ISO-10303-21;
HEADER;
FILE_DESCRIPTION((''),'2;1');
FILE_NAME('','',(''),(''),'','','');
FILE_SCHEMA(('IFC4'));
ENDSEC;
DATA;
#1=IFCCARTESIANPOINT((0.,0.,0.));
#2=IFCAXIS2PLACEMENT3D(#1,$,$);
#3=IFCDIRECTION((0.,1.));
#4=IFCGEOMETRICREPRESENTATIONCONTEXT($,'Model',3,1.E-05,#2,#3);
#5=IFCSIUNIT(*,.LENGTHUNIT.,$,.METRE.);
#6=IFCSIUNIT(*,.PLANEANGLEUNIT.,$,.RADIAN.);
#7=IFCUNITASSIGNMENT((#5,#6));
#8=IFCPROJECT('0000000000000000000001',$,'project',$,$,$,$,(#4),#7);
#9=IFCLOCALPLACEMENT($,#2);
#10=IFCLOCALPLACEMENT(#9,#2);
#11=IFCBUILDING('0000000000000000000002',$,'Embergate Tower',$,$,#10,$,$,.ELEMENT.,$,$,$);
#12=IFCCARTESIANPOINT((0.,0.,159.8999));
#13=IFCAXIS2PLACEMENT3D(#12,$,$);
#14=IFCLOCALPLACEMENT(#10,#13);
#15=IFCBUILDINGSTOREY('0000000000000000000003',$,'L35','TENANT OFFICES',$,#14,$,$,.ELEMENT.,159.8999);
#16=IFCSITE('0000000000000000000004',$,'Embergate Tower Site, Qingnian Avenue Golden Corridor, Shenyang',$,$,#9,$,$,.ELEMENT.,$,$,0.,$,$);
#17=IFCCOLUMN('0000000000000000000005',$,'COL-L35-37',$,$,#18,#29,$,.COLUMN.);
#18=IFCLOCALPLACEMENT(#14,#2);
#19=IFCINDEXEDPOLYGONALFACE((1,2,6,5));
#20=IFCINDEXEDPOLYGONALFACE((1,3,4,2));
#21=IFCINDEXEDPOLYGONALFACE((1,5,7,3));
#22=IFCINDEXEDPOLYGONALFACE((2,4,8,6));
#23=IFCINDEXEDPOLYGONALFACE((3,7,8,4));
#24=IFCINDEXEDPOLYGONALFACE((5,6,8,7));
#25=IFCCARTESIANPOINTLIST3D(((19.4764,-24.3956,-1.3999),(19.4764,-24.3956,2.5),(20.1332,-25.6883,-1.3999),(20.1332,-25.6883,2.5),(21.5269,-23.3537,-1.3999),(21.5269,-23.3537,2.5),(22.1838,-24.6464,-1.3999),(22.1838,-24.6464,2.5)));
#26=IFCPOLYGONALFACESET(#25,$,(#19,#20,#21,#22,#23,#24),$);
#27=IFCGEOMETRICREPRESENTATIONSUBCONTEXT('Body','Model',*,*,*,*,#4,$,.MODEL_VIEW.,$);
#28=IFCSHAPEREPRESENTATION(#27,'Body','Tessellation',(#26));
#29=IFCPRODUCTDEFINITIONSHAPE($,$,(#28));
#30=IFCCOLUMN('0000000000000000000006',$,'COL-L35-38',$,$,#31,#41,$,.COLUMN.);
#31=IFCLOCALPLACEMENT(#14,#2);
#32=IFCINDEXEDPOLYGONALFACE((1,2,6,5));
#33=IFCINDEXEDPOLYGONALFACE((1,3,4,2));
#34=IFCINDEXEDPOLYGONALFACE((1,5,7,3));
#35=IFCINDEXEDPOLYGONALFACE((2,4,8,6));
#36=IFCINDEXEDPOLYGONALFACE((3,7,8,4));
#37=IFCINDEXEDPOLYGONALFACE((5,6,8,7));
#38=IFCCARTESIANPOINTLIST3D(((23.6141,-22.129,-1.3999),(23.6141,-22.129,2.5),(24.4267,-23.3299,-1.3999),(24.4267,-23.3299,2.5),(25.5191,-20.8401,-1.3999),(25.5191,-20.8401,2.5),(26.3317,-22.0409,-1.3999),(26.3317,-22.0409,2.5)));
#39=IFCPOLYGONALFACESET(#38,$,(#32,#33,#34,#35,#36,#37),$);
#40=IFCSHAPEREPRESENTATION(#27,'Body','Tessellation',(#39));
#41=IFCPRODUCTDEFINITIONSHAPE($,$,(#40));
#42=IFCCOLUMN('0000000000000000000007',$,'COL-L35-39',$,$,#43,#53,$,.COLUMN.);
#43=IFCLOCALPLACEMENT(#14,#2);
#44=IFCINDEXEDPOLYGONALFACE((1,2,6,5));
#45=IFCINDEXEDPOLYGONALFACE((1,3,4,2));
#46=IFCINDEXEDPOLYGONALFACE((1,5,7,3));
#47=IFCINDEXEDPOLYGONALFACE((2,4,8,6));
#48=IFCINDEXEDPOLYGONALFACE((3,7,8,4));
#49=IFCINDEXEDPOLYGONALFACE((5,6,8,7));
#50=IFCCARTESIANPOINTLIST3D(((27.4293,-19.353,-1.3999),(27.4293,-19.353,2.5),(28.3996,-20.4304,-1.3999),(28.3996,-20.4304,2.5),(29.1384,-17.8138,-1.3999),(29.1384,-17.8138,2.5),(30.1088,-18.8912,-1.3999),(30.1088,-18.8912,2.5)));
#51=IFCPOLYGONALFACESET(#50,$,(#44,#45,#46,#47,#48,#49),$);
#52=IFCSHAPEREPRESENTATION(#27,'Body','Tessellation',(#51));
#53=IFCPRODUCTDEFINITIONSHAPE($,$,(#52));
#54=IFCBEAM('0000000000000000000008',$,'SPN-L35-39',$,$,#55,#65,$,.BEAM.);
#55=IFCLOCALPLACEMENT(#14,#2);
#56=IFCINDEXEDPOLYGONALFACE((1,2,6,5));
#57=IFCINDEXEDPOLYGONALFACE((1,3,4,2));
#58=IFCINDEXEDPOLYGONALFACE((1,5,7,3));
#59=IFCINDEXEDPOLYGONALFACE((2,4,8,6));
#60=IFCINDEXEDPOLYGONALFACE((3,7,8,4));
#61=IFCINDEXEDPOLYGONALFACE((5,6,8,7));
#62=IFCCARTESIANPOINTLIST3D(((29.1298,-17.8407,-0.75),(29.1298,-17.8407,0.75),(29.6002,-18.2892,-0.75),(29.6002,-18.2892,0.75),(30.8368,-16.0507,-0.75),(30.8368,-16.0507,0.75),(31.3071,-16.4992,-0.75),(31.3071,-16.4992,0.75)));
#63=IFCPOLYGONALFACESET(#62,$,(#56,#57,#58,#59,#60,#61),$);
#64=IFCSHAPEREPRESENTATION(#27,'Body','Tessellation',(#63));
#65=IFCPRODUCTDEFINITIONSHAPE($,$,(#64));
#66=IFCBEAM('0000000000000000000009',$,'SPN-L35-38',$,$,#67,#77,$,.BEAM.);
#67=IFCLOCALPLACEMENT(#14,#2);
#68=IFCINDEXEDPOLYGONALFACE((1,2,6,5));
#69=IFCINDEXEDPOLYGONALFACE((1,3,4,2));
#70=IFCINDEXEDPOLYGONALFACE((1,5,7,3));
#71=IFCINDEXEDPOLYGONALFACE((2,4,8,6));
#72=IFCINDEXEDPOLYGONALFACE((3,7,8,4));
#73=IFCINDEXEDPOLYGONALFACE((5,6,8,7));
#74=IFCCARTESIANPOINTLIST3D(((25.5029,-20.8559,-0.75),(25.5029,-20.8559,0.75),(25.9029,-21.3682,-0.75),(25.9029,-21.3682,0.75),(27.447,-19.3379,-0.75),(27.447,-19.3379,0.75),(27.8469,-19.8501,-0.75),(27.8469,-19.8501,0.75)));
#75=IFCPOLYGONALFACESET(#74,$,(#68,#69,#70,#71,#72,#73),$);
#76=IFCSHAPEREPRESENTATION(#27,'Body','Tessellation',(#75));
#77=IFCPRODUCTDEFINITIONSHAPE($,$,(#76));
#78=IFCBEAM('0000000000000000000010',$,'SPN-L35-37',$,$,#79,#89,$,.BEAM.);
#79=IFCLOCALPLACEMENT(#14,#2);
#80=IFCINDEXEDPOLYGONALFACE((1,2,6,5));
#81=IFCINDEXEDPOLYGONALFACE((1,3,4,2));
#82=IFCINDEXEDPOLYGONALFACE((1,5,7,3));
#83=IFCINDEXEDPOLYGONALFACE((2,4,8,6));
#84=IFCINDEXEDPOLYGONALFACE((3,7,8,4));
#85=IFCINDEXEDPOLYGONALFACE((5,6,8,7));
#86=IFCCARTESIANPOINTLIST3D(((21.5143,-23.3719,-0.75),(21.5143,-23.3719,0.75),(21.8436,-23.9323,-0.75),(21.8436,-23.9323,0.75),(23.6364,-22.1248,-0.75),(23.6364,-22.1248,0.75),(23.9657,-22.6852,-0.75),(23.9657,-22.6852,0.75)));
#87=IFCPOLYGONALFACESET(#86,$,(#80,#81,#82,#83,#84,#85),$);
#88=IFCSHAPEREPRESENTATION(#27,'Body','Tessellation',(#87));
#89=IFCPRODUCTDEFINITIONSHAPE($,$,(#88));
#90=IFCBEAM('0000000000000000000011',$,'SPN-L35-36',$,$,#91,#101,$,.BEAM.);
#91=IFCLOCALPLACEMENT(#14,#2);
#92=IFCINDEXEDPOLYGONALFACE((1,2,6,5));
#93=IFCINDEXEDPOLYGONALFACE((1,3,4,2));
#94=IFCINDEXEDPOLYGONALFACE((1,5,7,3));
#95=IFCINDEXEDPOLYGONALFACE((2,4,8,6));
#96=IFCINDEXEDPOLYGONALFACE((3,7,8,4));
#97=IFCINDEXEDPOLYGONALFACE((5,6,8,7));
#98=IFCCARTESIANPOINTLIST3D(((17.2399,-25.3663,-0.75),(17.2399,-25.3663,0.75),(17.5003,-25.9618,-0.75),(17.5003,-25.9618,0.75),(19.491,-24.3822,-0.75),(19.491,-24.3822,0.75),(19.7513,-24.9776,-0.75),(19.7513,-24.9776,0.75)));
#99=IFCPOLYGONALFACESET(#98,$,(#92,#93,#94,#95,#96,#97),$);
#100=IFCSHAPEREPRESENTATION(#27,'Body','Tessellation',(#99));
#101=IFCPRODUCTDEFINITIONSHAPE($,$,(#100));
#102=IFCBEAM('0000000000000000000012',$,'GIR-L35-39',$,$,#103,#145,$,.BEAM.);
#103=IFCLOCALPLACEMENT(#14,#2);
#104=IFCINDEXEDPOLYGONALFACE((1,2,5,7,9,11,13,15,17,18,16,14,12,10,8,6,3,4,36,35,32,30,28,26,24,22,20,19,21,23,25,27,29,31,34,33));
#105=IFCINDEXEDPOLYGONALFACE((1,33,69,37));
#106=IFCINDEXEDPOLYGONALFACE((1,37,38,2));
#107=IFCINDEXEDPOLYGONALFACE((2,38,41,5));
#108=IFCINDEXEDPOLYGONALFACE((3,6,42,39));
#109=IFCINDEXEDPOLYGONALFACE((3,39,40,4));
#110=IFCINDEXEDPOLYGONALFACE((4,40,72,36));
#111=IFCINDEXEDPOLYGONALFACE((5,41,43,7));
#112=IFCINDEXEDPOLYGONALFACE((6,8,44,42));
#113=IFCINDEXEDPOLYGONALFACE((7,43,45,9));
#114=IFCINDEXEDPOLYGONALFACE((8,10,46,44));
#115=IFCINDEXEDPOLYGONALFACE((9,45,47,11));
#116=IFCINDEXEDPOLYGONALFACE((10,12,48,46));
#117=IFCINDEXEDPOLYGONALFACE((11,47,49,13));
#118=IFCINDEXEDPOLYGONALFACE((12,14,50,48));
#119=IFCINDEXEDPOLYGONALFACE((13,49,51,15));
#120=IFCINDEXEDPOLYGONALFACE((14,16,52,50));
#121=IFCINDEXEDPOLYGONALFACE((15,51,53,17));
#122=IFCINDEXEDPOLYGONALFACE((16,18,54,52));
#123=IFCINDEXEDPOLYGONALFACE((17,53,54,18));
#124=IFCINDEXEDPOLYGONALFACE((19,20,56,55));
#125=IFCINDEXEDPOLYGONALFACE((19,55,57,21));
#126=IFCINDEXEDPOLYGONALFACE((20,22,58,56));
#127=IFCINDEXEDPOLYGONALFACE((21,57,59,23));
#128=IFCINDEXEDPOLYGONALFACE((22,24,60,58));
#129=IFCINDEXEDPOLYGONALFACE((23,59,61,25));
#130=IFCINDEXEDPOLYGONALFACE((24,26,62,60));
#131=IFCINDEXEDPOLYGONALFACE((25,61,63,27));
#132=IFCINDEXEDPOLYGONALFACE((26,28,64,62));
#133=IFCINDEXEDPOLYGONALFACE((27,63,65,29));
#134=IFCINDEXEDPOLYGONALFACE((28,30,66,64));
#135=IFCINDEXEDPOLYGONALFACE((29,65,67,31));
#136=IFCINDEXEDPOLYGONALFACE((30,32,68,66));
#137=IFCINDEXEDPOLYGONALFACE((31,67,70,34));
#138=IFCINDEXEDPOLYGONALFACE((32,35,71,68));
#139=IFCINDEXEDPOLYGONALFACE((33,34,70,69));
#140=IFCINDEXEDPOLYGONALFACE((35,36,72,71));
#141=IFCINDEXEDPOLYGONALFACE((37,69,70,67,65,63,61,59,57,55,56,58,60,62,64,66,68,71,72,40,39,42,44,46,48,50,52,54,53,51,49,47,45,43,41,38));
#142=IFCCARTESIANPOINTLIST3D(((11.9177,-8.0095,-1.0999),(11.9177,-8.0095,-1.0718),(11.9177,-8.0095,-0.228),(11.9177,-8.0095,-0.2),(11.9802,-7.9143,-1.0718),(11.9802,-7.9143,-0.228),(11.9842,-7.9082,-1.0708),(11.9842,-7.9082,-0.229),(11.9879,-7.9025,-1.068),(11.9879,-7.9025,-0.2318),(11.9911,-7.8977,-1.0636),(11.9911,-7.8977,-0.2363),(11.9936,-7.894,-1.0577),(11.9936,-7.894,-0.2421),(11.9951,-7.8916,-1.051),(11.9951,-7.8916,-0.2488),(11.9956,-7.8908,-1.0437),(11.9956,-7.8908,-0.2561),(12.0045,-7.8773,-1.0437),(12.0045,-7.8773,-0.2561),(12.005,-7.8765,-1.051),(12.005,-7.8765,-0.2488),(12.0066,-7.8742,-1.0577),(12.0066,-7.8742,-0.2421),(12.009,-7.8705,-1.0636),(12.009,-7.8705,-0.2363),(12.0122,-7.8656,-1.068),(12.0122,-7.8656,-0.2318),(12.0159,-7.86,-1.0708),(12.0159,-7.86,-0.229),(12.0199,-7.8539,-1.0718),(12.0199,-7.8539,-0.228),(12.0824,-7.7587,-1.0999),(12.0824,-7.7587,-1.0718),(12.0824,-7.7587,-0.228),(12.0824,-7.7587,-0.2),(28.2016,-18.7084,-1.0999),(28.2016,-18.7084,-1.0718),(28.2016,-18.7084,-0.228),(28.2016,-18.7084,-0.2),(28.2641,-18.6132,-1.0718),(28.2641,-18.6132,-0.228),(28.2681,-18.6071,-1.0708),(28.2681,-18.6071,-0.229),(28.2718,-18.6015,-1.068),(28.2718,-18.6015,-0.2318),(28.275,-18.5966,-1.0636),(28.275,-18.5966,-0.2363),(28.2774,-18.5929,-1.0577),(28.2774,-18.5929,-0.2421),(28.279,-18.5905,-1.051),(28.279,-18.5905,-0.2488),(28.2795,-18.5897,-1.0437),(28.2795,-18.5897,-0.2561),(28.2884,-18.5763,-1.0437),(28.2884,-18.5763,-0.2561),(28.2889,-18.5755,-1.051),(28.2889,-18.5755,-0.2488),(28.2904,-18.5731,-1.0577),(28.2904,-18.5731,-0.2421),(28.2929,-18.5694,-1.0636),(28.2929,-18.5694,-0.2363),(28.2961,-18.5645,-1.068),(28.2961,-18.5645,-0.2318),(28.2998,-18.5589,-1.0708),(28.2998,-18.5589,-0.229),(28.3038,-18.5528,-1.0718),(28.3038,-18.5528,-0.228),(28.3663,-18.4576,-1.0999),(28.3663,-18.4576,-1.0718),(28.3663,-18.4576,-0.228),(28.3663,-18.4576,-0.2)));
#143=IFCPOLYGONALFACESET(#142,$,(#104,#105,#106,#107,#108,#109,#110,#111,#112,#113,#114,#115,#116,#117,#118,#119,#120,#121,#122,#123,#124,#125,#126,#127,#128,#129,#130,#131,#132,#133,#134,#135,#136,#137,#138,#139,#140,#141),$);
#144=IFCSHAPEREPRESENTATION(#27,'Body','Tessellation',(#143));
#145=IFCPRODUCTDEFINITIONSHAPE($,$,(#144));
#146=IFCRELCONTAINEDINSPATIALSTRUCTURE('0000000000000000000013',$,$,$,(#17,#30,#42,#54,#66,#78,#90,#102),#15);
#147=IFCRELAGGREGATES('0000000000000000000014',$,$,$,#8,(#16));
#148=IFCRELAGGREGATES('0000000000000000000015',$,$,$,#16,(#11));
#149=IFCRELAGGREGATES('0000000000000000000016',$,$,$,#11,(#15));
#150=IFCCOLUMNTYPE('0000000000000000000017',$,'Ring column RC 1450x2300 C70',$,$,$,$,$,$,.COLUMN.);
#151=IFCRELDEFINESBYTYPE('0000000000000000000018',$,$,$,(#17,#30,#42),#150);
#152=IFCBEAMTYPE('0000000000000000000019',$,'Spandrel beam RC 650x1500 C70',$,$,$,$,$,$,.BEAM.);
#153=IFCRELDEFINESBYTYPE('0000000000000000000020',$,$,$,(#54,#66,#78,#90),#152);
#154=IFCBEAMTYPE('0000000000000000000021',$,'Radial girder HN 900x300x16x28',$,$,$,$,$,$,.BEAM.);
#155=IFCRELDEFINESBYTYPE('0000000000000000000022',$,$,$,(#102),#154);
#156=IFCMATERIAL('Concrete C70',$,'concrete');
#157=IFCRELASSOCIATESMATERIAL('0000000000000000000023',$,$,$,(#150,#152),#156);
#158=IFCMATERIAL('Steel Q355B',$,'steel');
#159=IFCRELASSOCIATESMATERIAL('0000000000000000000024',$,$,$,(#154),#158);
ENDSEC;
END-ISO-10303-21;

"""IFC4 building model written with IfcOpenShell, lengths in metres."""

from ifc_helpers import new_model, si_unit, direction, frame, origin, origin_2d, place, context, subcontext, project, spatial, rectangle, i_section, extrude, source, transform, mapped, material, material_profile, profile_set, type_object, element, save


model = new_model("IFC4")

# Units and contexts
model_context = context("Model", 3, precision=1e-05, world=origin(), true_north=direction((0.0, 1.0)))
body_context = subcontext(model_context, "Body", "Model", "MODEL_VIEW")
ifc_project = project(units=[si_unit("LENGTHUNIT", "METRE"), si_unit("PLANEANGLEUNIT", "RADIAN")], contexts=[model_context])

# Site, building, storey
site_placement = place(None, origin())
site = spatial("IfcSite", under=ifc_project, at=site_placement, Name="Embergate Tower Site, Qingnian Avenue Golden Corridor, Shenyang", CompositionType="ELEMENT", RefElevation=0.0)
building_placement = place(site_placement, origin())
building = spatial("IfcBuilding", under=site, at=building_placement, Name="Embergate Tower", CompositionType="ELEMENT")
storey_placement = place(building_placement, frame((0.0, 0.0, 159.8999)))
storey = spatial("IfcBuildingStorey", under=building, at=storey_placement, Name="L35", Description="TENANT OFFICES", CompositionType="ELEMENT", Elevation=159.8999)

# Columns
ifc_material_1 = material(Name="Concrete C70", Category="concrete")
ifc_material_profile_1 = material_profile(ifc_material_1, rectangle(XDim=1.45, YDim=2.3, at=origin_2d()), Name="RC 1450x2300")
ifc_profile_set_1 = profile_set([ifc_material_profile_1], Name="Concrete C70")
column_type = type_object("IfcColumnType", Name="Ring column RC 1450x2300 C70", PredefinedType="COLUMN", material=ifc_profile_set_1)
shared_shape_1 = source(origin(), body_context, "Body", "SweptSolid", [
    extrude(rectangle(XDim=1.45, YDim=2.3, at=origin_2d()), origin(), (0.0, 0.0, 1.0), 3.8999),
])
for number, where, z_axis, x_axis, name in (
    (1, (20.8301, -24.521, -1.3999), (0.0, 0.0, 1.0), (0.452995, -0.891513, 0.0), "COL-L35-37"),
    (2, (24.9729, -22.085, -1.3999), (0.0, 0.0, 1.0), (0.560393, -0.828227, 0.0), "COL-L35-38"),
    (3, (28.769, -19.1221, -1.3999), (0.0, 0.0, 1.0), (0.669208, -0.743075, 0.0), "COL-L35-39"),
):
    element("IfcColumn", number, at=place(storey_placement, frame(where, z_axis=z_axis, x_axis=x_axis)), inside=storey, type_object=column_type, Name=name, PredefinedType="COLUMN", context=body_context, shape_type="MappedRepresentation", body=[
        mapped(shared_shape_1, transform((0.0, 0.0, 0.0))),
    ])

# Beams
ifc_material_profile_2 = material_profile(ifc_material_1, rectangle(XDim=0.6499, YDim=1.5, at=origin_2d()), Name="RC 650x1500")
ifc_profile_set_2 = profile_set([ifc_material_profile_2], Name="Concrete C70")
beam_type_1 = type_object("IfcBeamType", Name="Spandrel beam RC 650x1500 C70", PredefinedType="BEAM", material=ifc_profile_set_2)
shared_shape_2 = source(origin(), body_context, "Body", "SweptSolid", [
    extrude(rectangle(XDim=0.6499, YDim=1.5, at=origin_2d()), origin(), (0.0, 0.0, 1.0), 2.4734),
])
beam_1_placement = place(storey_placement, frame((29.365, -18.0649, 0.0), z_axis=(0.690128, 0.723687, 0.0), x_axis=(-0.723687, 0.690128, 0.0)))
element("IfcBeam", 4, at=beam_1_placement, inside=storey, type_object=beam_type_1, Name="SPN-L35-39", PredefinedType="BEAM", context=body_context, shape_type="MappedRepresentation", body=[
    mapped(shared_shape_2, transform((0.0, 0.0, 0.0))),
])
shared_shape_3 = source(origin(), body_context, "Body", "SweptSolid", [
    extrude(rectangle(XDim=0.6499, YDim=1.5, at=origin_2d()), origin(), (0.0, 0.0, 1.0), 2.4666),
])
beam_2_placement = place(storey_placement, frame((25.7029, -21.1121, 0.0), z_axis=(0.788173, 0.615454, 0.0), x_axis=(-0.615454, 0.788173, 0.0)))
element("IfcBeam", 5, at=beam_2_placement, inside=storey, type_object=beam_type_1, Name="SPN-L35-38", PredefinedType="BEAM", context=body_context, shape_type="MappedRepresentation", body=[
    mapped(shared_shape_3, transform((0.0, 0.0, 0.0))),
])
shared_shape_4 = source(origin(), body_context, "Body", "SweptSolid", [
    extrude(rectangle(XDim=0.6499, YDim=1.5, at=origin_2d()), origin(), (0.0, 0.0, 1.0), 2.4614),
])
beam_3_placement = place(storey_placement, frame((21.679, -23.6521, 0.0), z_axis=(0.862148, 0.506656, 0.0), x_axis=(-0.506656, 0.862148, 0.0)))
element("IfcBeam", 6, at=beam_3_placement, inside=storey, type_object=beam_type_1, Name="SPN-L35-37", PredefinedType="BEAM", context=body_context, shape_type="MappedRepresentation", body=[
    mapped(shared_shape_4, transform((0.0, 0.0, 0.0))),
])
shared_shape_5 = source(origin(), body_context, "Body", "SweptSolid", [
    extrude(rectangle(XDim=0.6499, YDim=1.5, at=origin_2d()), origin(), (0.0, 0.0, 1.0), 2.4568),
])
beam_4_placement = place(storey_placement, frame((17.3701, -25.6641, 0.0), z_axis=(0.916258, 0.400589, 0.0), x_axis=(-0.400589, 0.916258, 0.0)))
element("IfcBeam", 7, at=beam_4_placement, inside=storey, type_object=beam_type_1, Name="SPN-L35-36", PredefinedType="BEAM", context=body_context, shape_type="MappedRepresentation", body=[
    mapped(shared_shape_5, transform((0.0, 0.0, 0.0))),
])
ifc_material_2 = material(Name="Steel Q355B", Category="steel")
ifc_material_profile_3 = material_profile(ifc_material_2, i_section(OverallWidth=0.3, OverallDepth=0.8999, WebThickness=0.0161, FlangeThickness=0.0281, FilletRadius=0.0281, at=origin_2d()), Name="HN 900x300x16x28")
ifc_profile_set_3 = profile_set([ifc_material_profile_3], Name="Steel Q355 grade B")
beam_type_2 = type_object("IfcBeamType", Name="Radial girder HN 900x300x16x28", PredefinedType="BEAM", material=ifc_profile_set_3)
shared_shape_6 = source(origin(), body_context, "Body", "SweptSolid", [
    extrude(i_section(OverallWidth=0.3, OverallDepth=0.8999, WebThickness=0.0161, FlangeThickness=0.0281, FilletRadius=0.0281, at=origin_2d()), origin(), (0.0, 0.0, 1.0), 19.4841),
])
beam_5_placement = place(storey_placement, frame((28.2839, -18.583, -0.6499), z_axis=(-0.83575, 0.54911, 0.0), x_axis=(-0.54911, -0.83575, 0.0)))
element("IfcBeam", 8, at=beam_5_placement, inside=storey, type_object=beam_type_2, Name="GIR-L35-39", PredefinedType="BEAM", context=body_context, shape_type="MappedRepresentation", body=[
    mapped(shared_shape_6, transform((0.0, 0.0, 0.0))),
])

save(model, "model.ifc")
